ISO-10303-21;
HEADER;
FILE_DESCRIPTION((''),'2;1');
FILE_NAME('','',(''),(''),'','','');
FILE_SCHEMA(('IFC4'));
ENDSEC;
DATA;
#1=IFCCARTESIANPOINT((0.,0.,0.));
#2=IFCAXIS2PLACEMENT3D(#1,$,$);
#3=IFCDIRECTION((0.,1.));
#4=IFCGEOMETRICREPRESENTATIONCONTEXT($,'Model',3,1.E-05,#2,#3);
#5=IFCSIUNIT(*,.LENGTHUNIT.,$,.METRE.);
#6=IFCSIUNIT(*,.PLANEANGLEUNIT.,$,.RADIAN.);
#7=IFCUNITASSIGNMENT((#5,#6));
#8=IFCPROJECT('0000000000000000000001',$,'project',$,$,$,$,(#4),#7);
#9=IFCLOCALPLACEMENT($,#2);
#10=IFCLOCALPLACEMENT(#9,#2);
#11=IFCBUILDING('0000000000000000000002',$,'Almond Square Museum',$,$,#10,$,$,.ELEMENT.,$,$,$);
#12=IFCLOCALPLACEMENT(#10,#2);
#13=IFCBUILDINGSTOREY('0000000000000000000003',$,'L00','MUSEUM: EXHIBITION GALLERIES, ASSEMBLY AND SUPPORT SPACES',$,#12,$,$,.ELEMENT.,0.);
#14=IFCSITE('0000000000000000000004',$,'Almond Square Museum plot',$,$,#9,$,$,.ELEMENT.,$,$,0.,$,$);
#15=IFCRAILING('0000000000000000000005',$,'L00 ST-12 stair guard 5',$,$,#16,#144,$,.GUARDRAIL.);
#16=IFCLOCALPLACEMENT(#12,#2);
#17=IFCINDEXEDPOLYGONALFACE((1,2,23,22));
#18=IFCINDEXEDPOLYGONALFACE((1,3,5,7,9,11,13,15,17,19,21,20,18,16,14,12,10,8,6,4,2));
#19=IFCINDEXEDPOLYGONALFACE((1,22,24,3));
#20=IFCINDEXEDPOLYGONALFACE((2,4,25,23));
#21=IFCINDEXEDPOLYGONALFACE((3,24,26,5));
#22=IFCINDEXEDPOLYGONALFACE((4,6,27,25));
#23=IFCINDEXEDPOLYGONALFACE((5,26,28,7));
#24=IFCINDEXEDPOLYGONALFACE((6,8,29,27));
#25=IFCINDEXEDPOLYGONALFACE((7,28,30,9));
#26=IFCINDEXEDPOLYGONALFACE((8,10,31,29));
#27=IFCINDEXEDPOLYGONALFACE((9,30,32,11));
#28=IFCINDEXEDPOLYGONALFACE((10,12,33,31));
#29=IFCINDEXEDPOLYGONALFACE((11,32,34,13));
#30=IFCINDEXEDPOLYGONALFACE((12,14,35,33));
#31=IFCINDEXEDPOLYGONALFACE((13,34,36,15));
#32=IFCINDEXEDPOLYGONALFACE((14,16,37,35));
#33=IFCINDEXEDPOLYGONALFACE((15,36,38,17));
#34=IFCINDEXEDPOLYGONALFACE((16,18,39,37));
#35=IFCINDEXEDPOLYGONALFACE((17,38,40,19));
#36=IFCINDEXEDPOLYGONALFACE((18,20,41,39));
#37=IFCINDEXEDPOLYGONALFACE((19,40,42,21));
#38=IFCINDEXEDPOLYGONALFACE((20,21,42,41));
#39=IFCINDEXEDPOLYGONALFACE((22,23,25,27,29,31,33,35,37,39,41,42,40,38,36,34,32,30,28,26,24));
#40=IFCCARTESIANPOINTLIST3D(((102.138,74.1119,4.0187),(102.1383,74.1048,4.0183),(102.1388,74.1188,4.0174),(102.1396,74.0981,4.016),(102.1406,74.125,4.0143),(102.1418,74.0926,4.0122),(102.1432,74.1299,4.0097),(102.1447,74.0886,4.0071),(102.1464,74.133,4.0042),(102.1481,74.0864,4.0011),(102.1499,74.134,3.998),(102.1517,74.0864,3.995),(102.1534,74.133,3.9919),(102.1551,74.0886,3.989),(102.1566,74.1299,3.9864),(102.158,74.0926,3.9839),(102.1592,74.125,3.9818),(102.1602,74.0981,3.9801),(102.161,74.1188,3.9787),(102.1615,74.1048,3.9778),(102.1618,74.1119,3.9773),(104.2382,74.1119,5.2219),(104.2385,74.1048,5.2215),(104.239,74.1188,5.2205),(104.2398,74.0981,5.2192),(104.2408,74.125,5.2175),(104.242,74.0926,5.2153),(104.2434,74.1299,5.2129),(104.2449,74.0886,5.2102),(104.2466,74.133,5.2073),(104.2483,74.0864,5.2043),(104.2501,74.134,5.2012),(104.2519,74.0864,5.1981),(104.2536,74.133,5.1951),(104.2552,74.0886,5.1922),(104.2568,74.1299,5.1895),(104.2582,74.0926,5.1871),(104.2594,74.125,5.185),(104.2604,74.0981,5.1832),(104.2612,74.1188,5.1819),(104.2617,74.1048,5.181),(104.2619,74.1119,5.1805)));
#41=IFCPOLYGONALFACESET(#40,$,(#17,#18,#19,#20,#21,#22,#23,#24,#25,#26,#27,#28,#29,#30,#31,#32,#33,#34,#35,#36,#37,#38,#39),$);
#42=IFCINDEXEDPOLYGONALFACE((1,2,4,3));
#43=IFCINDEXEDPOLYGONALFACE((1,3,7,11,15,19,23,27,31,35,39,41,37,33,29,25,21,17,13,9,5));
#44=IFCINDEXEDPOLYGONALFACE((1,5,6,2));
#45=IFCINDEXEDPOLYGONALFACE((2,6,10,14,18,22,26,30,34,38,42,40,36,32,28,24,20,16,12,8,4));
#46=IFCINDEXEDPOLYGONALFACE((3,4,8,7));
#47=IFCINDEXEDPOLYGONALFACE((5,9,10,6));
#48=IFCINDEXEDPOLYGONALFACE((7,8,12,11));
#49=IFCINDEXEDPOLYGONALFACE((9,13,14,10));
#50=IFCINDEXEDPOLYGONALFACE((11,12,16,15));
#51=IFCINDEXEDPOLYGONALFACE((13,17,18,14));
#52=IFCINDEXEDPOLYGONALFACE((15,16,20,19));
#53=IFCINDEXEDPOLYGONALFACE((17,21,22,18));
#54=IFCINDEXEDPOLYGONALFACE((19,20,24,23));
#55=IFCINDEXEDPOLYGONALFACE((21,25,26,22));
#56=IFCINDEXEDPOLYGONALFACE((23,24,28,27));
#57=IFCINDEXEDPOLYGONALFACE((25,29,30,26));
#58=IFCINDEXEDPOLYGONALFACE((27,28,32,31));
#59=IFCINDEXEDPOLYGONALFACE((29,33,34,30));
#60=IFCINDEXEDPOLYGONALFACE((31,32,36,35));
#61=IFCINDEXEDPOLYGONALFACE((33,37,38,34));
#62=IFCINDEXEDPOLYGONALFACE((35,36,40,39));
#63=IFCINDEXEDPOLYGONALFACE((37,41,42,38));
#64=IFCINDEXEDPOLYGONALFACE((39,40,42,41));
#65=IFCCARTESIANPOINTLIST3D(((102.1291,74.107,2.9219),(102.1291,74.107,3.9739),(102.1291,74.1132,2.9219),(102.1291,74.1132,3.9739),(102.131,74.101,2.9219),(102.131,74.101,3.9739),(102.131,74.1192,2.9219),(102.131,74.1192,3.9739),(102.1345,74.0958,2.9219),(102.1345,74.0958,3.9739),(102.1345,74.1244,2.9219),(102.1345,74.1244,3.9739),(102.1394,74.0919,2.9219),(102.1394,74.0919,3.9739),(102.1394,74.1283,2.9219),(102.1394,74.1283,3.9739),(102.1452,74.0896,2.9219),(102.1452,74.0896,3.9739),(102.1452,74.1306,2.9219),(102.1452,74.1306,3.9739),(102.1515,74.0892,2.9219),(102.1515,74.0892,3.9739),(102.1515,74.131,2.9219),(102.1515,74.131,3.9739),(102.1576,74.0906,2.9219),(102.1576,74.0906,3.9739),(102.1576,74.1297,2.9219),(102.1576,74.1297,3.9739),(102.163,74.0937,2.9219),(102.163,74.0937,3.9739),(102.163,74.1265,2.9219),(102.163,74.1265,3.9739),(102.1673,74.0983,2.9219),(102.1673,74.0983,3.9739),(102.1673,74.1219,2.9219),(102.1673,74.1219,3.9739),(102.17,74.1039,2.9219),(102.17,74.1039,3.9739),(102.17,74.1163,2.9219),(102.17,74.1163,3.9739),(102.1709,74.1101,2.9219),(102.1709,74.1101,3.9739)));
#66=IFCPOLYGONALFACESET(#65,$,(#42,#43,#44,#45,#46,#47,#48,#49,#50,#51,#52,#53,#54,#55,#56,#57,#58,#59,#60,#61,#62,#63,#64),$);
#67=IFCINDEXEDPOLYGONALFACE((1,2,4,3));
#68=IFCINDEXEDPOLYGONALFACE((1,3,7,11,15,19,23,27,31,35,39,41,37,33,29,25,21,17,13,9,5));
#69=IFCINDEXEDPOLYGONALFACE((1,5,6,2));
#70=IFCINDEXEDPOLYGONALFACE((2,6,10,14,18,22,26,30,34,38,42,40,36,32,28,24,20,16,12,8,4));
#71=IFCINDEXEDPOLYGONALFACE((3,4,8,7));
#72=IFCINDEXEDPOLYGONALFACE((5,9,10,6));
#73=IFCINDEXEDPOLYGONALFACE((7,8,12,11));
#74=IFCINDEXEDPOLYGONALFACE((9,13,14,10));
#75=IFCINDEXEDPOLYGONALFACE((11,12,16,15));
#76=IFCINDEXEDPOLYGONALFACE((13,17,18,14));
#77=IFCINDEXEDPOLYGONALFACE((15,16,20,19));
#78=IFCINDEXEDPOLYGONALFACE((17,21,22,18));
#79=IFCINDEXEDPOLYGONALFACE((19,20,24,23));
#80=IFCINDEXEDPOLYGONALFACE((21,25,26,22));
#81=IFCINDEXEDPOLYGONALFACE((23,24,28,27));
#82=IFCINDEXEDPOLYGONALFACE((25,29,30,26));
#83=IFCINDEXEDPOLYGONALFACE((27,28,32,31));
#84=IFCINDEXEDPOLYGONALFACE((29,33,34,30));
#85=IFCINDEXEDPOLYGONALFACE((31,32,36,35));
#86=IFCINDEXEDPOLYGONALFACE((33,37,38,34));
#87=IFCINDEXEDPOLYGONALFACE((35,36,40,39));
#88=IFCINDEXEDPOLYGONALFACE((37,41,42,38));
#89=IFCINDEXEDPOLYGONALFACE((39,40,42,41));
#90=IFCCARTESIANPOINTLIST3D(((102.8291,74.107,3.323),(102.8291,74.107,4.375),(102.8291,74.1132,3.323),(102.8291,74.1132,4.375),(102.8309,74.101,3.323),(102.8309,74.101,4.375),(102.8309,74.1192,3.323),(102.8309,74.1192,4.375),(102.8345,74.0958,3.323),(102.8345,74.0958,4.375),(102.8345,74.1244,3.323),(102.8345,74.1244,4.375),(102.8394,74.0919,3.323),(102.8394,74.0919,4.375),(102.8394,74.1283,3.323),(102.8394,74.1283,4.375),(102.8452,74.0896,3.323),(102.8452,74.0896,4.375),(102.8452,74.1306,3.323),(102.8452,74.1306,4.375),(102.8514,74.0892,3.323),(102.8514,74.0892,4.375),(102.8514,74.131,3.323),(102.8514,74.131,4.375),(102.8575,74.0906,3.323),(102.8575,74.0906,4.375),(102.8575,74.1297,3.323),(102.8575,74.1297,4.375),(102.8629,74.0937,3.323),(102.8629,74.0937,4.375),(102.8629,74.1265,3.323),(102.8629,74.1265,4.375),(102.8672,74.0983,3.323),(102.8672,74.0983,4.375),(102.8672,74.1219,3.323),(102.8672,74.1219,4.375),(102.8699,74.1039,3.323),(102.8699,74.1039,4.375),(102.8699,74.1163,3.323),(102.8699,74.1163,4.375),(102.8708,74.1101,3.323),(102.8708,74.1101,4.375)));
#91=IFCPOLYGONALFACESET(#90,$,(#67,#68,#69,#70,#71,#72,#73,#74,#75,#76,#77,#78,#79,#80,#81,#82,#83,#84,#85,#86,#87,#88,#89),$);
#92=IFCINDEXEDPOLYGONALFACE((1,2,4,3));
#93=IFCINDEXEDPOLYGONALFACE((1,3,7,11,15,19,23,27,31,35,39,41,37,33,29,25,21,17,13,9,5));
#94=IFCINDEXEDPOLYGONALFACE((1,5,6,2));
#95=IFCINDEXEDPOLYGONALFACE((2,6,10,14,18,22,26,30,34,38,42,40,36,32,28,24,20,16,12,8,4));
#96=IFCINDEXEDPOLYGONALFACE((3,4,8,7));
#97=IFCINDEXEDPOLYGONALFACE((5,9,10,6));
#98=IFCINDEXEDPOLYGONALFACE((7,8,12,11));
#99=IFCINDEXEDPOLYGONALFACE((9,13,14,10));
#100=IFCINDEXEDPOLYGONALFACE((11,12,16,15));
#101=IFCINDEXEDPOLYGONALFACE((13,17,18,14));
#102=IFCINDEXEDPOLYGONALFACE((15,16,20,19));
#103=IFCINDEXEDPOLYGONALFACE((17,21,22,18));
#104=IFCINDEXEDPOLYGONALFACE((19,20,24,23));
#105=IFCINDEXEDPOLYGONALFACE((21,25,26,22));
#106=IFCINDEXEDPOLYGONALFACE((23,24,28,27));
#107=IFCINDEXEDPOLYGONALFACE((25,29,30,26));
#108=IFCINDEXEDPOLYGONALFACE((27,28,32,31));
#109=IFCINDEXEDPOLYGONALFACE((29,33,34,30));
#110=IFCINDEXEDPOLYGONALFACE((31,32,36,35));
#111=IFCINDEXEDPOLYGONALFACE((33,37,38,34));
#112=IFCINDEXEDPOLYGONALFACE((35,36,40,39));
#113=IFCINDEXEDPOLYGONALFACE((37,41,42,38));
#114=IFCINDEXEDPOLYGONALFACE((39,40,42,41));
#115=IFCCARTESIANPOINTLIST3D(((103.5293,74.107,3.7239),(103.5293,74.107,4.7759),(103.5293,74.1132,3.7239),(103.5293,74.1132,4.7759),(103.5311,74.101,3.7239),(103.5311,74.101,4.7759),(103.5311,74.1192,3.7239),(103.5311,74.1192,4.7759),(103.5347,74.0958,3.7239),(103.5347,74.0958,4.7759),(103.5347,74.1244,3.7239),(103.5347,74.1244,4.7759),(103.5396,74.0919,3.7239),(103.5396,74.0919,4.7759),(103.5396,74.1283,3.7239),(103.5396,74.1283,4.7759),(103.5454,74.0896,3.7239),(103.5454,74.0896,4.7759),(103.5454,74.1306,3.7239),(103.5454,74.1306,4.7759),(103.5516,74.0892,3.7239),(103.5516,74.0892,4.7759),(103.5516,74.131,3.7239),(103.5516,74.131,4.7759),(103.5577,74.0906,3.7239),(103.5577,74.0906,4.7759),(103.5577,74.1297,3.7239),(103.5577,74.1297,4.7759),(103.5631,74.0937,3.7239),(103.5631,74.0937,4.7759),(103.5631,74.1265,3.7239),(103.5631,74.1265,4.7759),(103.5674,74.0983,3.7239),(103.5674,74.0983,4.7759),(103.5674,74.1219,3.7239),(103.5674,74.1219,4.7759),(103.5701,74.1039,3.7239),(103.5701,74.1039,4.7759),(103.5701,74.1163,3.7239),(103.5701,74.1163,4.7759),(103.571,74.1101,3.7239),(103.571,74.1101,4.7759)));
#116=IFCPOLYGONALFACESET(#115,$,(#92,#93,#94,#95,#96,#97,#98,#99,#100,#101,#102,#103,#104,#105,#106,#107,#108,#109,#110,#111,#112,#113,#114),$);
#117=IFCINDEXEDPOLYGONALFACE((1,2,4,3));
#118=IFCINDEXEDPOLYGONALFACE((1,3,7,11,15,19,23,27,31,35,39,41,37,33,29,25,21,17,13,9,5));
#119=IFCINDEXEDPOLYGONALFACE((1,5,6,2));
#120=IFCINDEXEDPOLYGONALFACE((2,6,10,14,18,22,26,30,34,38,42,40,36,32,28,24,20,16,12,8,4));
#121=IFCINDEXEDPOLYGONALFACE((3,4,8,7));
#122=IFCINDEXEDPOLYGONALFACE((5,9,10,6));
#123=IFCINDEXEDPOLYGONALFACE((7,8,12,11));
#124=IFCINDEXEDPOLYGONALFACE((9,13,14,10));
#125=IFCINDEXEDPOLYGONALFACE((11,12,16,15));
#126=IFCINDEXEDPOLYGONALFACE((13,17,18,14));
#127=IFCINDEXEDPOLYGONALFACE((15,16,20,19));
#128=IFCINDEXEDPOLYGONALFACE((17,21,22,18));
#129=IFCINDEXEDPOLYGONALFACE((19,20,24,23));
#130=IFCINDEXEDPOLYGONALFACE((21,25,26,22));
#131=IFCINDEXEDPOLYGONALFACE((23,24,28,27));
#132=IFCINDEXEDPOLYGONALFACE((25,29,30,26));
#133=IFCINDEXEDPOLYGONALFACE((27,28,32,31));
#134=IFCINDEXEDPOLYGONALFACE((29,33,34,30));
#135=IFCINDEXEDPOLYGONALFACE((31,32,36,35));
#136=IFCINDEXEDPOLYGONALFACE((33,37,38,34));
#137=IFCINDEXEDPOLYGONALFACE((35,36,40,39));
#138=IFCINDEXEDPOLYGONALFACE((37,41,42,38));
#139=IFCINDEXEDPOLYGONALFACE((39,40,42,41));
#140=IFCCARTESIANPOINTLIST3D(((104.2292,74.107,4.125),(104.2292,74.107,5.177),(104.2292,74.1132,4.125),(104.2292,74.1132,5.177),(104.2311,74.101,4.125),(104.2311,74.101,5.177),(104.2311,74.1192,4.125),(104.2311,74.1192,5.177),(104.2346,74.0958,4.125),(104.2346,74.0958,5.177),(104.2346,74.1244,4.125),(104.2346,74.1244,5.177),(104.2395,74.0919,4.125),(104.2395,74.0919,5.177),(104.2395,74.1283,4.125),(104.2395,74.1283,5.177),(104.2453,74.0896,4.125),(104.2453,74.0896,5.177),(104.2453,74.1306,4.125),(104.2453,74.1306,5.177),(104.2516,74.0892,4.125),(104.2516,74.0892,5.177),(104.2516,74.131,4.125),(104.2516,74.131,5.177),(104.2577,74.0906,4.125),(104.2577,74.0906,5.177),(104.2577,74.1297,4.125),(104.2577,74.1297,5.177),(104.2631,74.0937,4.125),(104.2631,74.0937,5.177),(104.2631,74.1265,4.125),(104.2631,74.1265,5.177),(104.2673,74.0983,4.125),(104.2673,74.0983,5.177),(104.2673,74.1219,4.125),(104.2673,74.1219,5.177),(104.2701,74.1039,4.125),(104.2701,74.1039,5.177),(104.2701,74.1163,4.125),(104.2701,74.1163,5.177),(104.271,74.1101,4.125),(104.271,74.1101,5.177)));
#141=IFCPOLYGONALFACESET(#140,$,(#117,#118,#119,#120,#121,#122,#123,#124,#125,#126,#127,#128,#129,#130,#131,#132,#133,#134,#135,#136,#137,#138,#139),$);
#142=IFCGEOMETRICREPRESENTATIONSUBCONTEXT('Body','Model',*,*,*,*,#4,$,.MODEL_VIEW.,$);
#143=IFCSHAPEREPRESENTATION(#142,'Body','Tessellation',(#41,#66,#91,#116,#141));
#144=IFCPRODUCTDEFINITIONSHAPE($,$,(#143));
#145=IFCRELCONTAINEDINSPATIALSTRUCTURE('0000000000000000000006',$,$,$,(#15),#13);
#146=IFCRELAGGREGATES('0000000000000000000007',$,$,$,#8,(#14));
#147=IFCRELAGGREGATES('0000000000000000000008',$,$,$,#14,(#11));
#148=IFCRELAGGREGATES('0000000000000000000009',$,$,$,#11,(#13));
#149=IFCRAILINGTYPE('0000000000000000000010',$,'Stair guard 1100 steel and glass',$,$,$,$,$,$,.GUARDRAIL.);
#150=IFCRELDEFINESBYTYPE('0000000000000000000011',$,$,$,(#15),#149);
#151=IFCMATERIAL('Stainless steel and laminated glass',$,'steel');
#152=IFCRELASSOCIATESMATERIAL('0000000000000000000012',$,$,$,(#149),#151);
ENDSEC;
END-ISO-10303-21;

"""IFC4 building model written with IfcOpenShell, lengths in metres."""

from ifc_helpers import new_model, si_unit, direction, frame, origin, origin_2d, place, context, subcontext, project, spatial, circle, extrude, material, type_object, element, save


model = new_model("IFC4")

# Units and contexts
model_context = context("Model", 3, precision=1e-05, world=origin(), true_north=direction((0.0, 1.0)))
body_context = subcontext(model_context, "Body", "Model", "MODEL_VIEW")
ifc_project = project(units=[si_unit("LENGTHUNIT", "METRE"), si_unit("PLANEANGLEUNIT", "RADIAN")], contexts=[model_context])

# Site, building, storey
site_placement = place(None, origin())
site = spatial("IfcSite", under=ifc_project, at=site_placement, Name="Almond Square Museum plot", CompositionType="ELEMENT", RefElevation=0.0)
building_placement = place(site_placement, origin())
building = spatial("IfcBuilding", under=site, at=building_placement, Name="Almond Square Museum", CompositionType="ELEMENT")
storey_placement = place(building_placement, origin())
storey = spatial("IfcBuildingStorey", under=building, at=storey_placement, Name="L00", Description="MUSEUM: EXHIBITION GALLERIES, ASSEMBLY AND SUPPORT SPACES", CompositionType="ELEMENT", Elevation=0.0)

# Railing
ifc_material_1 = material(Name="Stainless steel and laminated glass", Category="steel")
railing_type_1 = type_object("IfcRailingType", Name="Stair guard 1100 steel and glass", PredefinedType="GUARDRAIL", material=ifc_material_1)
railing_1_placement = place(storey_placement, frame((102.1499, 74.1101, 2.9219)))
element("IfcRailing", 1, at=railing_1_placement, inside=storey, type_object=railing_type_1, Name="L00 ST-12 stair guard 5", PredefinedType="GUARDRAIL", context=body_context, shape_type="SweptSolid", body=[
    extrude(circle(Radius=0.0239, at=origin_2d()), frame((0.0, 0.0, 1.0762), z_axis=(0.867696, 0.0, 0.497095), x_axis=(0.0, 1.0, 0.0)), (0.0, 0.0, 1.0), 2.4204),
    extrude(circle(Radius=0.021, at=origin_2d()), origin(), (0.0, 0.0, 1.0), 1.052),
    extrude(circle(Radius=0.021, at=origin_2d()), frame((0.7, 0.0, 0.4011)), (0.0, 0.0, 1.0), 1.052),
    extrude(circle(Radius=0.021, at=origin_2d()), frame((1.4001, 0.0, 0.802)), (0.0, 0.0, 1.0), 1.052),
    extrude(circle(Radius=0.021, at=origin_2d()), frame((2.1001, 0.0, 1.2031)), (0.0, 0.0, 1.0), 1.052),
])

save(model, "model.ifc")
